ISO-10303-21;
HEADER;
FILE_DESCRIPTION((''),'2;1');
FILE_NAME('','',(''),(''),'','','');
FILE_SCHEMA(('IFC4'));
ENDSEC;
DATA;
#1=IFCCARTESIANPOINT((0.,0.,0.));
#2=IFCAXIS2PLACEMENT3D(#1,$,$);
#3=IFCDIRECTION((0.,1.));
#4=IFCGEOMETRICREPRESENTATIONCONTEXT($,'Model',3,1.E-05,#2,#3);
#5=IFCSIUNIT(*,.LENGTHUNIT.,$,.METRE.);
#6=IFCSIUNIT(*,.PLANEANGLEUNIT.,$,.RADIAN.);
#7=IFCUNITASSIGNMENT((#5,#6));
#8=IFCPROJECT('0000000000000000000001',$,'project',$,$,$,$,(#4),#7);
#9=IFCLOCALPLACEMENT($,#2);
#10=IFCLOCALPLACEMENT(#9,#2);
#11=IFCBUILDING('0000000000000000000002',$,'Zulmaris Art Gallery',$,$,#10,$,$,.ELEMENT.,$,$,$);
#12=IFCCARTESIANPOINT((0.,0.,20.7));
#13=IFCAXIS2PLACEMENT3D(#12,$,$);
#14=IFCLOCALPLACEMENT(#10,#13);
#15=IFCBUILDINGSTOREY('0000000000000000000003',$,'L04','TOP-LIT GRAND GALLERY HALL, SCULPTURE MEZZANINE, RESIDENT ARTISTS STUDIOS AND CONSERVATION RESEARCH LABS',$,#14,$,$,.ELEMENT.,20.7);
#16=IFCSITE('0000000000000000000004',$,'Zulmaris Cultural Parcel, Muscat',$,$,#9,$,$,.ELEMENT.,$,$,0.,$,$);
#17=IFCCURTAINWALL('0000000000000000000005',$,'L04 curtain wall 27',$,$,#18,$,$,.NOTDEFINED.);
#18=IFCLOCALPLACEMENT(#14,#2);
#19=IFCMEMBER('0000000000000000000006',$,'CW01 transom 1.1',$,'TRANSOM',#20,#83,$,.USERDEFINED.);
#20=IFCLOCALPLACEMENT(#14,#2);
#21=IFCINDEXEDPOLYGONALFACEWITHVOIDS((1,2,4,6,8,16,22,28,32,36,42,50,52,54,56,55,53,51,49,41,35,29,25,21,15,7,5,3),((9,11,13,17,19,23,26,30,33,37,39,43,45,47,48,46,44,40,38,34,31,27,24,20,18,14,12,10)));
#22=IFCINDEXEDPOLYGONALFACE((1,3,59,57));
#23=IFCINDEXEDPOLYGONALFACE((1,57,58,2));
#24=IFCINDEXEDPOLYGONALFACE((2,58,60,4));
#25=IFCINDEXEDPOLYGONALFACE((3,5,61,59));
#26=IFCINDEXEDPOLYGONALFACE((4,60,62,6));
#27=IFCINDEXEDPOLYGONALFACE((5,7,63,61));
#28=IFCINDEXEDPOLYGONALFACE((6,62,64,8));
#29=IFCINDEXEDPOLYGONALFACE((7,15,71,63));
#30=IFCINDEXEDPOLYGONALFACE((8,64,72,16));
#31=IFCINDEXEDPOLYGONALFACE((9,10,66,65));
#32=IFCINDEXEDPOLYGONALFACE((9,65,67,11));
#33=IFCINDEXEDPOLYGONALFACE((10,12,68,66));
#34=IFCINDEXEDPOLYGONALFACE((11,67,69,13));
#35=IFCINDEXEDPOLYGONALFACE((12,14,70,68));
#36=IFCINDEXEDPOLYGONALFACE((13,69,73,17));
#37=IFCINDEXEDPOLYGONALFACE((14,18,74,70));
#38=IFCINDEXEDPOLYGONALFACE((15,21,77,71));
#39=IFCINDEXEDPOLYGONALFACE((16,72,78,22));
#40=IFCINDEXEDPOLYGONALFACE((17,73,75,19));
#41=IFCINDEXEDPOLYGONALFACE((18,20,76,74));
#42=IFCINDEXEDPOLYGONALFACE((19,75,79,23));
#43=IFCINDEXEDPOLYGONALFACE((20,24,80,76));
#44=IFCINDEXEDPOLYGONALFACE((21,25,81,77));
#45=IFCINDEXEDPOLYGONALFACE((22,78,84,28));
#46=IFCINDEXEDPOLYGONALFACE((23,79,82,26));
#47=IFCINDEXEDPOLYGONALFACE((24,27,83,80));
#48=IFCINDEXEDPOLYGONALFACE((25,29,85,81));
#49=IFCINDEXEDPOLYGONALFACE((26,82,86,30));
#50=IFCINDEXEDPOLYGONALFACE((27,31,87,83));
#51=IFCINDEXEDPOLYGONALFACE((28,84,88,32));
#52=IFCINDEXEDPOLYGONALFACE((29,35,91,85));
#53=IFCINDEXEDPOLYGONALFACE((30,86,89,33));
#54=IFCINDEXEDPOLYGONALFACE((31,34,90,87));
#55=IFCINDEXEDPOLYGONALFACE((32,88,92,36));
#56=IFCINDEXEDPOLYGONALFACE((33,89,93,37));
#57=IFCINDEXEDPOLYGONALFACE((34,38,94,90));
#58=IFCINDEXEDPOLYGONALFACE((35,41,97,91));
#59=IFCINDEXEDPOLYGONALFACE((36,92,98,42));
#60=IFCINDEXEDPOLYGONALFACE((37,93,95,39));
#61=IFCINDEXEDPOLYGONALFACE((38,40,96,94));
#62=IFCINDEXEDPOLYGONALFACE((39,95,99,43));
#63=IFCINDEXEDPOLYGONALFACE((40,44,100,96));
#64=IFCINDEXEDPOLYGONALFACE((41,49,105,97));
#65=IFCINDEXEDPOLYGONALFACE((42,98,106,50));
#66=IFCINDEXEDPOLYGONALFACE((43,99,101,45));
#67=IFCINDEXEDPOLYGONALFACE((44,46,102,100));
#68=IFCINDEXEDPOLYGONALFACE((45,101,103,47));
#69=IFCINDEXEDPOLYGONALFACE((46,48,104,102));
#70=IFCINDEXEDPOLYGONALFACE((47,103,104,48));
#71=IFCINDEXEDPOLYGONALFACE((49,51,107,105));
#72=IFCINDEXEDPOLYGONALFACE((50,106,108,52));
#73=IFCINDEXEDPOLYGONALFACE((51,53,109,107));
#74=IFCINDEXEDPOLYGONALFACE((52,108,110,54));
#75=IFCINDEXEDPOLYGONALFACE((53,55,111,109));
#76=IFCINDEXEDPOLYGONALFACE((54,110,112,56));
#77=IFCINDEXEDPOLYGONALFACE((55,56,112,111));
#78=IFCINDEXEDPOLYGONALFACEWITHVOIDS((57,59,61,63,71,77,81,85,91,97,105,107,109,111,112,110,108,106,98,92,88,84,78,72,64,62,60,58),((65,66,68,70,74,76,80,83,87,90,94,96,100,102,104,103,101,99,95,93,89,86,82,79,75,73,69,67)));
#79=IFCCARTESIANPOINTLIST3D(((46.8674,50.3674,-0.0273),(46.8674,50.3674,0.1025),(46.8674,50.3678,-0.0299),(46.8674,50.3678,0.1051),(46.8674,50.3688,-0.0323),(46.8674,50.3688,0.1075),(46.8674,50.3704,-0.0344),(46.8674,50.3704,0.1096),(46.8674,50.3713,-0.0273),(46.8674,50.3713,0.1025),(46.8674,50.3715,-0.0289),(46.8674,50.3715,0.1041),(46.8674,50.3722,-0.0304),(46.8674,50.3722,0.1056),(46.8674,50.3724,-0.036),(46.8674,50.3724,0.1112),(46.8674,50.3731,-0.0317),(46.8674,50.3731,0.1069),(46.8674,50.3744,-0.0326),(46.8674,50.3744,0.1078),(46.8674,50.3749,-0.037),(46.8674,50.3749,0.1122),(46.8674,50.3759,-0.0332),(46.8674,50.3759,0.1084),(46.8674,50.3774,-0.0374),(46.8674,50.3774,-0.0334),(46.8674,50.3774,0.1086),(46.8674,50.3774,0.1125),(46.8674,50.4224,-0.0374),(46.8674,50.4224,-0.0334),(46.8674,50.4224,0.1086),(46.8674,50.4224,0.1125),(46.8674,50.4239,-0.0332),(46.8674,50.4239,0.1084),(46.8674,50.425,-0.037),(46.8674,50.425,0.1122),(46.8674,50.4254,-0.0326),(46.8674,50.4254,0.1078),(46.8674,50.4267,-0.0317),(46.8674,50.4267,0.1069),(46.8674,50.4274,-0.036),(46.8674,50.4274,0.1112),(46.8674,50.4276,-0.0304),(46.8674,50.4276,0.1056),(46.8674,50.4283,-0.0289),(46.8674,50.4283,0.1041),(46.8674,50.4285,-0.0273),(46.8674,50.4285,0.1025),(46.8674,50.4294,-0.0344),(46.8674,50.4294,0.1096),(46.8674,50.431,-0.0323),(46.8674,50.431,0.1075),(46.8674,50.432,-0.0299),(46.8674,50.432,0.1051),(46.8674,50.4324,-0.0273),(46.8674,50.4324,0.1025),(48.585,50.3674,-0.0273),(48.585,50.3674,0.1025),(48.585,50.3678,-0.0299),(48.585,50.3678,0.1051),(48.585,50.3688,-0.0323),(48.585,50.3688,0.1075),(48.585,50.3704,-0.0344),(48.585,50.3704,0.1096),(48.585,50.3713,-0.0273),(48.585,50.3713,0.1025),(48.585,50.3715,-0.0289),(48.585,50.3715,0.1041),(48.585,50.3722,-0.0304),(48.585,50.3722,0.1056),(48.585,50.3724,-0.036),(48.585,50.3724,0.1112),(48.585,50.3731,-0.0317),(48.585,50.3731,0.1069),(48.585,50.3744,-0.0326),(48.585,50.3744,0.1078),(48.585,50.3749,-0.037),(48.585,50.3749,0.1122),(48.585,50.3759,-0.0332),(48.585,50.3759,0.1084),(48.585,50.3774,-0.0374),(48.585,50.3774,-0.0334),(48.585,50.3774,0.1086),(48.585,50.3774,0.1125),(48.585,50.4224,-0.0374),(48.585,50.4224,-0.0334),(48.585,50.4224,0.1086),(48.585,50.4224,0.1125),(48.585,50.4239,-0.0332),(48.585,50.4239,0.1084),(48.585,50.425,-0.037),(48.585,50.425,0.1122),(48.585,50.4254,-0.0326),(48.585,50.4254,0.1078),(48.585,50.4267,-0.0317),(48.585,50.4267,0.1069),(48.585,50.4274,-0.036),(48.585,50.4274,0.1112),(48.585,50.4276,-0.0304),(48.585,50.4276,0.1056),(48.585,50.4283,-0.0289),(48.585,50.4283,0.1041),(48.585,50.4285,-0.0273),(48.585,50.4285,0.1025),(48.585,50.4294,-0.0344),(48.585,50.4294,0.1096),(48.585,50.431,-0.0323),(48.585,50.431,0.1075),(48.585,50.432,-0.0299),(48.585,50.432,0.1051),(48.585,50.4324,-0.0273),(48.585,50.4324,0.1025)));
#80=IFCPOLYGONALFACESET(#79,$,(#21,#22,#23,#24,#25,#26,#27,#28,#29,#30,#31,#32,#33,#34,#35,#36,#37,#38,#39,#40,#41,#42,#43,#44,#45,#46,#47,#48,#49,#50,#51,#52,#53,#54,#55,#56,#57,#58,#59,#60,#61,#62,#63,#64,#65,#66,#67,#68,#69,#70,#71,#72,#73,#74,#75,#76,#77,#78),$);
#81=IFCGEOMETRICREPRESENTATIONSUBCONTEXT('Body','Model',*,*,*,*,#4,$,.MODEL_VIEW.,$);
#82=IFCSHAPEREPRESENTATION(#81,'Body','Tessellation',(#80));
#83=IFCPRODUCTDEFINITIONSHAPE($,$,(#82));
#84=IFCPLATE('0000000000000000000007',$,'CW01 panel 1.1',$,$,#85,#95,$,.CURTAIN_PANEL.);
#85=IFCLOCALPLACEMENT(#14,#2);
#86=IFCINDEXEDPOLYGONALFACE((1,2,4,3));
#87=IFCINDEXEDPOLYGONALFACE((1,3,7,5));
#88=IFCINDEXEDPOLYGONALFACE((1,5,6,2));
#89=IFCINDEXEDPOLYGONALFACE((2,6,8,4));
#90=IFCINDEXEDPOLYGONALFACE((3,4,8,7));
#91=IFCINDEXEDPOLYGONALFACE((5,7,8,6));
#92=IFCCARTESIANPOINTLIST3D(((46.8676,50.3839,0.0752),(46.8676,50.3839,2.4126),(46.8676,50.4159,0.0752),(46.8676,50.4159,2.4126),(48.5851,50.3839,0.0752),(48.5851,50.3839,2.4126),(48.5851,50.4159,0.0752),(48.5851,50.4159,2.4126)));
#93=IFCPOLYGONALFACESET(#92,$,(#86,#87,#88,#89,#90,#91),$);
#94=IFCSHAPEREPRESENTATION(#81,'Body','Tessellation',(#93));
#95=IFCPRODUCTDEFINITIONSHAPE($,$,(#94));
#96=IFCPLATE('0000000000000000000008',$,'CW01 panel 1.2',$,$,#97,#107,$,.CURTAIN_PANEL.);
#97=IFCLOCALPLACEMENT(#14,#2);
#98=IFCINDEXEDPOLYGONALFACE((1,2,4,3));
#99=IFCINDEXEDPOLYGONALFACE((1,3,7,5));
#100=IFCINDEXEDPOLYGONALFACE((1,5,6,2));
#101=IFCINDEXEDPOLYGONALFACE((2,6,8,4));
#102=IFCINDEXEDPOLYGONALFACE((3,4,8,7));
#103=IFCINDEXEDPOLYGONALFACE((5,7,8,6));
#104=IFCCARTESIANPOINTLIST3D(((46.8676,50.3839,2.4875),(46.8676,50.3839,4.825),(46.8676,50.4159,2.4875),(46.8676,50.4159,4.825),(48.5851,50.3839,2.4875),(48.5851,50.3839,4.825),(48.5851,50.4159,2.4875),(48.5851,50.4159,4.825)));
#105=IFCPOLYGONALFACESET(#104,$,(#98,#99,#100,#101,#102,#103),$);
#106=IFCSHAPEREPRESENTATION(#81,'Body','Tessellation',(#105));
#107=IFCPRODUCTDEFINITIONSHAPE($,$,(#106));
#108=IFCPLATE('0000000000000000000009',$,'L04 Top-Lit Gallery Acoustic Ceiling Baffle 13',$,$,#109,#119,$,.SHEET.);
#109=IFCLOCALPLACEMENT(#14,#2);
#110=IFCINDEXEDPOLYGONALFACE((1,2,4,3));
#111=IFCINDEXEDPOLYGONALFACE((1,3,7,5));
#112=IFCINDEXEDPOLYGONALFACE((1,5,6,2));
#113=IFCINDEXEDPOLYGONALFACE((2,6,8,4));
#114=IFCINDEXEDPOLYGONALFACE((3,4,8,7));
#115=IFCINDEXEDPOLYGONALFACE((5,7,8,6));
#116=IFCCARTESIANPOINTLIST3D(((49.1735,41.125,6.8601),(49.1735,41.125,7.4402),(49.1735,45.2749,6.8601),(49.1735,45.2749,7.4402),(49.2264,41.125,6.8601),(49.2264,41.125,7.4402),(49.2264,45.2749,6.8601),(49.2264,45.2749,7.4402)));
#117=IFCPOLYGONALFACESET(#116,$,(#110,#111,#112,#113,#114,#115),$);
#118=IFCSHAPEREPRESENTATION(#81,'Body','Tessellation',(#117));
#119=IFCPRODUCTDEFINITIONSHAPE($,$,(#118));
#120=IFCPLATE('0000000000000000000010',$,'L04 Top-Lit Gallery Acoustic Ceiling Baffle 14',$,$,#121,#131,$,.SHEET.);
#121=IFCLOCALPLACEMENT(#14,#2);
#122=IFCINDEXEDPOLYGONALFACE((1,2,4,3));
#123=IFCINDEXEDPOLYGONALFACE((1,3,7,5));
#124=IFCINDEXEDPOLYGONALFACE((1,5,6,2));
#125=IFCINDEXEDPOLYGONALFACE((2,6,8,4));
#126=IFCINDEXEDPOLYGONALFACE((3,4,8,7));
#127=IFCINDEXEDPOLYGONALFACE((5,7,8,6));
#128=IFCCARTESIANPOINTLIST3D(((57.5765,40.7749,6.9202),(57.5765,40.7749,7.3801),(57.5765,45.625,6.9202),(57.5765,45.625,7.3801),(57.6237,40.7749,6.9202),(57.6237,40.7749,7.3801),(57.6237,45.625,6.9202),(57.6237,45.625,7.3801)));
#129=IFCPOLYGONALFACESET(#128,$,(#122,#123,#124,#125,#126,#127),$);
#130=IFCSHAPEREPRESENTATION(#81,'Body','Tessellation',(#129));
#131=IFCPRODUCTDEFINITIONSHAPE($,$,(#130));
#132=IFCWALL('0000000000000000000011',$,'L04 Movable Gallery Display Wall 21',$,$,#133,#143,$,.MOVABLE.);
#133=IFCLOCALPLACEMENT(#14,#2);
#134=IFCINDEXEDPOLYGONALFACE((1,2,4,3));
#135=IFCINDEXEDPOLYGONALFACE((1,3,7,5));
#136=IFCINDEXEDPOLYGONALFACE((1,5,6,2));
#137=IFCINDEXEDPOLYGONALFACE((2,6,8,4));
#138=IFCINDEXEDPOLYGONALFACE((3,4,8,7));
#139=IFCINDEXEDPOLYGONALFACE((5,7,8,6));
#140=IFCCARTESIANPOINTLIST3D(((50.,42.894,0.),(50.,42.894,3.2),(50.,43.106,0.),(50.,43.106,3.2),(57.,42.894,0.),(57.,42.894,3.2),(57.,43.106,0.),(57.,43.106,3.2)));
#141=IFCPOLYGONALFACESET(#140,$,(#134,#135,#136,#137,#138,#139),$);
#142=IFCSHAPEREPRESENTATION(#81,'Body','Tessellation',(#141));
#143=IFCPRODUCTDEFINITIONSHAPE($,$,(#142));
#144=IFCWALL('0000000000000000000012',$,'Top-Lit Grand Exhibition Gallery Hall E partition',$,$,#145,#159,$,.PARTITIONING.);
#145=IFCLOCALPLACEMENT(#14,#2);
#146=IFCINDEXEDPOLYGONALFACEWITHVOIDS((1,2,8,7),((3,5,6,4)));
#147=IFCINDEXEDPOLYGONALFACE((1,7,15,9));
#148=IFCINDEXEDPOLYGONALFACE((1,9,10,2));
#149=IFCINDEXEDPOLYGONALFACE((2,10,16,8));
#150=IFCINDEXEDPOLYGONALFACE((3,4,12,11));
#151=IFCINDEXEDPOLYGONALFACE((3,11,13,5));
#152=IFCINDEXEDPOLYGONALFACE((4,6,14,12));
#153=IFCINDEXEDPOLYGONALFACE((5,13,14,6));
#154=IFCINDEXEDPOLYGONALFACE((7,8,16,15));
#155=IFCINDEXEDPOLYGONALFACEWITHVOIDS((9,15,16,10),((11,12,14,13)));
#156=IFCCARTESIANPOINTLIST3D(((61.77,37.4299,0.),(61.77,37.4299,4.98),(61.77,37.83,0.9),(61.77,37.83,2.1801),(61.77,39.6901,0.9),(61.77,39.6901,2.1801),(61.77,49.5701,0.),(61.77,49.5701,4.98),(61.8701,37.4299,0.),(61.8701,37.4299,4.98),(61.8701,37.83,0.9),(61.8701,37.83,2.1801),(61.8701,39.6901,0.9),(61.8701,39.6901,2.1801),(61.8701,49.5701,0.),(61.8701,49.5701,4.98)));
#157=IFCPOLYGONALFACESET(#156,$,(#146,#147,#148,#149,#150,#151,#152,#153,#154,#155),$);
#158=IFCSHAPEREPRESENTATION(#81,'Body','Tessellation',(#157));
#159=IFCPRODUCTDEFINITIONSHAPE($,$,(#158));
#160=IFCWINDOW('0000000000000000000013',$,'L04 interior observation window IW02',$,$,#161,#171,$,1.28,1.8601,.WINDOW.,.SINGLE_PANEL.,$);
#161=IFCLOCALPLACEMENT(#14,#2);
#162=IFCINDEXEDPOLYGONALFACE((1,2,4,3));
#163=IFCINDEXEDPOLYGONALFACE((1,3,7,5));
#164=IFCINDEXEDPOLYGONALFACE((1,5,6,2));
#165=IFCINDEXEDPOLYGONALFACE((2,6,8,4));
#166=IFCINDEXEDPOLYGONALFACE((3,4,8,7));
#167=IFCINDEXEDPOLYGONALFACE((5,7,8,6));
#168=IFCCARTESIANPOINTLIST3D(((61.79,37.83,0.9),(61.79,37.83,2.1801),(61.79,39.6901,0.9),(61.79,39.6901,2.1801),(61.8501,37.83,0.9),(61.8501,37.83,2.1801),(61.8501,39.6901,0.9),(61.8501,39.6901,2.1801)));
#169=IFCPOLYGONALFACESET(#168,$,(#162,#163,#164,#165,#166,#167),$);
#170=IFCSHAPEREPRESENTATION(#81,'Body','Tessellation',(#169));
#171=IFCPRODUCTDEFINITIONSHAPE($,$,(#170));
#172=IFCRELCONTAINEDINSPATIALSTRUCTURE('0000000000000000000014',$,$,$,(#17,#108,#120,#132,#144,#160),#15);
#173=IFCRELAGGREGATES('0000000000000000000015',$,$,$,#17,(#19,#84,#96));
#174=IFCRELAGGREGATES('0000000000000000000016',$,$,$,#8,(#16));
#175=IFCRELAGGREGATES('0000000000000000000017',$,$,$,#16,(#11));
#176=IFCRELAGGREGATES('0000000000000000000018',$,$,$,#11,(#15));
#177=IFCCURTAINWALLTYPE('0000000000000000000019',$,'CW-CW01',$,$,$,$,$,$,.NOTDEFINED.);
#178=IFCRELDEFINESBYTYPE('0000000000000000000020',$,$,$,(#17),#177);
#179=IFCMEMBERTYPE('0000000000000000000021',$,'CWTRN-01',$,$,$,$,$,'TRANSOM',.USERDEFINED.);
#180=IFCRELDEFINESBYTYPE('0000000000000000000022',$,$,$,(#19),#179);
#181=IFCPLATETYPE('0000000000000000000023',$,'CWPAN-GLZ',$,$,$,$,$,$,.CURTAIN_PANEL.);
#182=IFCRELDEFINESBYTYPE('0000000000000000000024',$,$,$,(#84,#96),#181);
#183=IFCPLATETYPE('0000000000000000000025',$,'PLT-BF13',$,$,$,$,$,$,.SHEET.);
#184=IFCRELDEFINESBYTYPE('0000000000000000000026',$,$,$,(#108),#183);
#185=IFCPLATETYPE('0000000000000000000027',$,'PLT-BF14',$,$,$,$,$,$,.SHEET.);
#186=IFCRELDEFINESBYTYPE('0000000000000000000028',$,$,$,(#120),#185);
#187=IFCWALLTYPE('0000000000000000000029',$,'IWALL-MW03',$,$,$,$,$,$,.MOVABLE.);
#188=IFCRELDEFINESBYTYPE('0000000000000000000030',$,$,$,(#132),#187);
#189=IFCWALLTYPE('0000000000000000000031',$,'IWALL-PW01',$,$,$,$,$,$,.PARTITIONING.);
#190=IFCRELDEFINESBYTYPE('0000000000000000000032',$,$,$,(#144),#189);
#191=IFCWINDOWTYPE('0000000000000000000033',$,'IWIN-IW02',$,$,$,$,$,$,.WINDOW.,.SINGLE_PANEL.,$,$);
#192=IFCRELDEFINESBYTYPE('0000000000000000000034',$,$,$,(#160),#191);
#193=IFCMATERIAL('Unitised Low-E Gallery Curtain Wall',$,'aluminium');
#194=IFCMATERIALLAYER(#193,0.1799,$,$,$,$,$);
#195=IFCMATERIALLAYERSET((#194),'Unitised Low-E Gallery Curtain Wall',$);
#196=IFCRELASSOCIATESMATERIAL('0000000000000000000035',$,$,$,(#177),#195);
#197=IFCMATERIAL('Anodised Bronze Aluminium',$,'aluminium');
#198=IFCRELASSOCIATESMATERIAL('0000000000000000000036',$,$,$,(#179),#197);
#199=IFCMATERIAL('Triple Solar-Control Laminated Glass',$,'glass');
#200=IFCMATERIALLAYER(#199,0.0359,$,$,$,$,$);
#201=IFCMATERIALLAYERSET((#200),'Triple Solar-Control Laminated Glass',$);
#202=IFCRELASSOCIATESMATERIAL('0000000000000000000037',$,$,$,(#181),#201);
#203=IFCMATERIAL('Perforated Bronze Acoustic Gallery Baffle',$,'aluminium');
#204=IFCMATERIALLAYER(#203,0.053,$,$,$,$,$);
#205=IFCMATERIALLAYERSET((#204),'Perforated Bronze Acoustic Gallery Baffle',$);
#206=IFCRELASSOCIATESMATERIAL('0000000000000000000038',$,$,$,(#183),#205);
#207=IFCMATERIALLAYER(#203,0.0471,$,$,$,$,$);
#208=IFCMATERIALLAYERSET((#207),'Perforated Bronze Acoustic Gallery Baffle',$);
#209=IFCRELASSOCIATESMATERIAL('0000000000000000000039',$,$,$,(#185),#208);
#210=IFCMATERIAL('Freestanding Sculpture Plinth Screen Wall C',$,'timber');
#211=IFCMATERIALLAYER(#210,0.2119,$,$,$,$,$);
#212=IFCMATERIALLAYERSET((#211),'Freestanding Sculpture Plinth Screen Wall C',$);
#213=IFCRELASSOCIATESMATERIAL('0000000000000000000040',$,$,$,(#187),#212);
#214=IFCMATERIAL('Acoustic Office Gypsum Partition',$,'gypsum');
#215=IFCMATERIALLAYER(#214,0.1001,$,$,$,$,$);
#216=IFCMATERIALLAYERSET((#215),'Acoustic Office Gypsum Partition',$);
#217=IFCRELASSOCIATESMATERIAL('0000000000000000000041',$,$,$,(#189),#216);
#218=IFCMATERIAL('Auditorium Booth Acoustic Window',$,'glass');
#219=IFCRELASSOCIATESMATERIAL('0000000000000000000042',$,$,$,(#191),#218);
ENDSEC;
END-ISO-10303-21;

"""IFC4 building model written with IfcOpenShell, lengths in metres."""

from ifc_helpers import new_model, si_unit, direction, frame, frame_2d, origin, origin_2d, place, context, subcontext, project, spatial, rectangle, hollow_rectangle, extrude, material, layer, layer_set, material_profile, profile_set, type_object, element, fill, aggregate, save


model = new_model("IFC4")

# Units and contexts
model_context = context("Model", 3, precision=1e-05, world=origin(), true_north=direction((0.0, 1.0)))
body_context = subcontext(model_context, "Body", "Model", "MODEL_VIEW")
ifc_project = project(units=[si_unit("LENGTHUNIT", "METRE"), si_unit("PLANEANGLEUNIT", "RADIAN")], contexts=[model_context])

# Site, building, storey
site_placement = place(None, origin())
site = spatial("IfcSite", under=ifc_project, at=site_placement, Name="Zulmaris Cultural Parcel, Muscat", CompositionType="ELEMENT", RefElevation=0.0)
building_placement = place(site_placement, origin())
building = spatial("IfcBuilding", under=site, at=building_placement, Name="Zulmaris Art Gallery", CompositionType="ELEMENT")
storey_placement = place(building_placement, frame((0.0, 0.0, 20.7)))
storey = spatial("IfcBuildingStorey", under=building, at=storey_placement, Name="L04", Description="TOP-LIT GRAND GALLERY HALL, SCULPTURE MEZZANINE, RESIDENT ARTISTS STUDIOS AND CONSERVATION RESEARCH LABS", CompositionType="ELEMENT", Elevation=20.7)

# Curtain wall, member, plates
ifc_material_1 = material(Name="Unitised Low-E Gallery Curtain Wall", Category="aluminium")
ifc_layer_1 = layer(ifc_material_1, 0.1799)
ifc_layer_set_1 = layer_set([ifc_layer_1], Name="Unitised Low-E Gallery Curtain Wall")
curtain_wall_type = type_object("IfcCurtainWallType", Name="CW-CW01", PredefinedType="NOTDEFINED", material=ifc_layer_set_1)
curtain_wall_placement = place(storey_placement, origin())
curtain_wall = element("IfcCurtainWall", 1, at=curtain_wall_placement, inside=storey, type_object=curtain_wall_type, Name="L04 curtain wall 27", PredefinedType="NOTDEFINED")
ifc_material_2 = material(Name="Anodised Bronze Aluminium", Category="aluminium")
ifc_material_profile_1 = material_profile(ifc_material_2, hollow_rectangle(XDim=0.0649, YDim=0.1499, WallThickness=0.0039, InnerFilletRadius=0.0061, OuterFilletRadius=0.01, at=origin_2d()), Name="ALU 65x150x4")
ifc_profile_set_1 = profile_set([ifc_material_profile_1], Name="Anodised Bronze Aluminium")
member_type = type_object("IfcMemberType", Name="CWTRN-01", ElementType="TRANSOM", PredefinedType="USERDEFINED", material=ifc_profile_set_1)
member_placement = place(storey_placement, frame((48.585, 50.3999, 0.0376), z_axis=(-1.0, 0.0, 0.0), x_axis=(0.0, -1.0, 0.0)))
member = element("IfcMember", 2, at=member_placement, type_object=member_type, Name="CW01 transom 1.1", ObjectType="TRANSOM", PredefinedType="USERDEFINED", context=body_context, shape_type="SweptSolid", body=[
    extrude(hollow_rectangle(XDim=0.0649, YDim=0.1499, WallThickness=0.0039, InnerFilletRadius=0.0061, OuterFilletRadius=0.01, at=origin_2d()), origin(), (0.0, 0.0, 1.0), 1.7175),
])
ifc_material_3 = material(Name="Triple Solar-Control Laminated Glass", Category="glass")
ifc_layer_2 = layer(ifc_material_3, 0.0359)
ifc_layer_set_2 = layer_set([ifc_layer_2], Name="Triple Solar-Control Laminated Glass")
plate_type_1 = type_object("IfcPlateType", Name="CWPAN-GLZ", PredefinedType="CURTAIN_PANEL", material=ifc_layer_set_2)
plate_1_placement = place(storey_placement, frame((47.7263, 50.3999, 0.0752), z_axis=(0.0, 0.0, 1.0), x_axis=(-1.0, 0.0, 0.0)))
plate_1 = element("IfcPlate", 3, at=plate_1_placement, type_object=plate_type_1, Name="CW01 panel 1.1", PredefinedType="CURTAIN_PANEL", context=body_context, shape_type="SweptSolid", body=[
    extrude(rectangle(XDim=1.7175, YDim=0.032, at=origin_2d()), origin(), (0.0, 0.0, 1.0), 2.3374),
])
plate_2_placement = place(storey_placement, frame((47.7263, 50.3999, 2.4875), z_axis=(0.0, 0.0, 1.0), x_axis=(-1.0, 0.0, 0.0)))
plate_2 = element("IfcPlate", 4, at=plate_2_placement, type_object=plate_type_1, Name="CW01 panel 1.2", PredefinedType="CURTAIN_PANEL", context=body_context, shape_type="SweptSolid", body=[
    extrude(rectangle(XDim=1.7175, YDim=0.032, at=origin_2d()), origin(), (0.0, 0.0, 1.0), 2.3374),
])
aggregate(curtain_wall, [member, plate_1, plate_2])

# Plates
ifc_material_4 = material(Name="Perforated Bronze Acoustic Gallery Baffle", Category="aluminium")
ifc_layer_3 = layer(ifc_material_4, 0.053)
ifc_layer_set_3 = layer_set([ifc_layer_3], Name="Perforated Bronze Acoustic Gallery Baffle")
plate_type_2 = type_object("IfcPlateType", Name="PLT-BF13", PredefinedType="SHEET", material=ifc_layer_set_3)
plate_3_placement = place(storey_placement, frame((49.2, 43.2, 6.8601), z_axis=(0.0, 0.0, 1.0), x_axis=(1.0, 0.0, 0.0)))
element("IfcPlate", 5, at=plate_3_placement, inside=storey, type_object=plate_type_2, Name="L04 Top-Lit Gallery Acoustic Ceiling Baffle 13", PredefinedType="SHEET", context=body_context, shape_type="SweptSolid", body=[
    extrude(rectangle(XDim=0.053, YDim=4.1499, at=origin_2d()), origin(), (0.0, 0.0, 1.0), 0.5801),
])
ifc_layer_4 = layer(ifc_material_4, 0.0471)
ifc_layer_set_4 = layer_set([ifc_layer_4], Name="Perforated Bronze Acoustic Gallery Baffle")
plate_type_3 = type_object("IfcPlateType", Name="PLT-BF14", PredefinedType="SHEET", material=ifc_layer_set_4)
plate_4_placement = place(storey_placement, frame((57.6001, 43.2, 6.9202), z_axis=(0.0, 0.0, 1.0), x_axis=(1.0, 0.0, 0.0)))
element("IfcPlate", 6, at=plate_4_placement, inside=storey, type_object=plate_type_3, Name="L04 Top-Lit Gallery Acoustic Ceiling Baffle 14", PredefinedType="SHEET", context=body_context, shape_type="SweptSolid", body=[
    extrude(rectangle(XDim=0.0471, YDim=4.8501, at=origin_2d()), origin(), (0.0, 0.0, 1.0), 0.46),
])

# Wall
ifc_material_5 = material(Name="Freestanding Sculpture Plinth Screen Wall C", Category="timber")
ifc_layer_5 = layer(ifc_material_5, 0.2119)
ifc_layer_set_5 = layer_set([ifc_layer_5], Name="Freestanding Sculpture Plinth Screen Wall C")
wall_type_1 = type_object("IfcWallType", Name="IWALL-MW03", PredefinedType="MOVABLE", material=ifc_layer_set_5)
wall_1_placement = place(storey_placement, frame((50.0, 43.0, 0.0), z_axis=(0.0, 0.0, 1.0), x_axis=(1.0, 0.0, 0.0)))
element("IfcWall", 7, at=wall_1_placement, inside=storey, type_object=wall_type_1, Name="L04 Movable Gallery Display Wall 21", PredefinedType="MOVABLE", context=body_context, shape_type="SweptSolid", body=[
    extrude(rectangle(XDim=7.0, YDim=0.2119, at=frame_2d((3.5, 0.0))), origin(), (0.0, 0.0, 1.0), 3.2),
])

# Wall, opening, window
ifc_material_6 = material(Name="Acoustic Office Gypsum Partition", Category="gypsum")
ifc_layer_6 = layer(ifc_material_6, 0.1001)
ifc_layer_set_6 = layer_set([ifc_layer_6], Name="Acoustic Office Gypsum Partition")
wall_type_2 = type_object("IfcWallType", Name="IWALL-PW01", PredefinedType="PARTITIONING", material=ifc_layer_set_6)
wall_2_placement = place(storey_placement, frame((61.8201, 37.4299, 0.0), z_axis=(0.0, 0.0, 1.0), x_axis=(0.0, 1.0, 0.0)))
wall_2 = element("IfcWall", 8, at=wall_2_placement, inside=storey, type_object=wall_type_2, Name="Top-Lit Grand Exhibition Gallery Hall E partition", PredefinedType="PARTITIONING", context=body_context, shape_type="SweptSolid", body=[
    extrude(rectangle(XDim=12.1401, YDim=0.1001, at=frame_2d((6.0701, 0.0))), origin(), (0.0, 0.0, 1.0), 4.98),
])
opening_1_placement = place(wall_2_placement, frame((0.3999, 0.0, 0.8999)))
opening_1 = element("IfcOpeningElement", 9, at=opening_1_placement, cuts=wall_2, PredefinedType="OPENING", context=body_context, shape_type="SweptSolid", body=[
    extrude(rectangle(XDim=1.8601, YDim=1.28, at=frame_2d((0.9302, 0.6401))), frame((0.0, 0.0601, 0.0), z_axis=(0.0, -1.0, 0.0), x_axis=(1.0, 0.0, 0.0)), (0.0, 0.0, 1.0), 0.1201),
])
ifc_material_7 = material(Name="Auditorium Booth Acoustic Window", Category="glass")
window_type_1 = type_object("IfcWindowType", Name="IWIN-IW02", PartitioningType="SINGLE_PANEL", PredefinedType="WINDOW", material=ifc_material_7)
window_1_placement = place(opening_1_placement, origin())
window_1 = element("IfcWindow", 10, at=window_1_placement, inside=storey, type_object=window_type_1, Name="L04 interior observation window IW02", OverallHeight=1.28, OverallWidth=1.8601, PartitioningType="SINGLE_PANEL", PredefinedType="WINDOW", context=body_context, shape_type="SweptSolid", body=[
    extrude(rectangle(XDim=1.8601, YDim=1.28, at=frame_2d((0.9302, 0.6401))), frame((0.0, 0.03, 0.0), z_axis=(0.0, -1.0, 0.0), x_axis=(1.0, 0.0, 0.0)), (0.0, 0.0, 1.0), 0.0601),
])
fill(opening_1, window_1)

save(model, "model.ifc")
